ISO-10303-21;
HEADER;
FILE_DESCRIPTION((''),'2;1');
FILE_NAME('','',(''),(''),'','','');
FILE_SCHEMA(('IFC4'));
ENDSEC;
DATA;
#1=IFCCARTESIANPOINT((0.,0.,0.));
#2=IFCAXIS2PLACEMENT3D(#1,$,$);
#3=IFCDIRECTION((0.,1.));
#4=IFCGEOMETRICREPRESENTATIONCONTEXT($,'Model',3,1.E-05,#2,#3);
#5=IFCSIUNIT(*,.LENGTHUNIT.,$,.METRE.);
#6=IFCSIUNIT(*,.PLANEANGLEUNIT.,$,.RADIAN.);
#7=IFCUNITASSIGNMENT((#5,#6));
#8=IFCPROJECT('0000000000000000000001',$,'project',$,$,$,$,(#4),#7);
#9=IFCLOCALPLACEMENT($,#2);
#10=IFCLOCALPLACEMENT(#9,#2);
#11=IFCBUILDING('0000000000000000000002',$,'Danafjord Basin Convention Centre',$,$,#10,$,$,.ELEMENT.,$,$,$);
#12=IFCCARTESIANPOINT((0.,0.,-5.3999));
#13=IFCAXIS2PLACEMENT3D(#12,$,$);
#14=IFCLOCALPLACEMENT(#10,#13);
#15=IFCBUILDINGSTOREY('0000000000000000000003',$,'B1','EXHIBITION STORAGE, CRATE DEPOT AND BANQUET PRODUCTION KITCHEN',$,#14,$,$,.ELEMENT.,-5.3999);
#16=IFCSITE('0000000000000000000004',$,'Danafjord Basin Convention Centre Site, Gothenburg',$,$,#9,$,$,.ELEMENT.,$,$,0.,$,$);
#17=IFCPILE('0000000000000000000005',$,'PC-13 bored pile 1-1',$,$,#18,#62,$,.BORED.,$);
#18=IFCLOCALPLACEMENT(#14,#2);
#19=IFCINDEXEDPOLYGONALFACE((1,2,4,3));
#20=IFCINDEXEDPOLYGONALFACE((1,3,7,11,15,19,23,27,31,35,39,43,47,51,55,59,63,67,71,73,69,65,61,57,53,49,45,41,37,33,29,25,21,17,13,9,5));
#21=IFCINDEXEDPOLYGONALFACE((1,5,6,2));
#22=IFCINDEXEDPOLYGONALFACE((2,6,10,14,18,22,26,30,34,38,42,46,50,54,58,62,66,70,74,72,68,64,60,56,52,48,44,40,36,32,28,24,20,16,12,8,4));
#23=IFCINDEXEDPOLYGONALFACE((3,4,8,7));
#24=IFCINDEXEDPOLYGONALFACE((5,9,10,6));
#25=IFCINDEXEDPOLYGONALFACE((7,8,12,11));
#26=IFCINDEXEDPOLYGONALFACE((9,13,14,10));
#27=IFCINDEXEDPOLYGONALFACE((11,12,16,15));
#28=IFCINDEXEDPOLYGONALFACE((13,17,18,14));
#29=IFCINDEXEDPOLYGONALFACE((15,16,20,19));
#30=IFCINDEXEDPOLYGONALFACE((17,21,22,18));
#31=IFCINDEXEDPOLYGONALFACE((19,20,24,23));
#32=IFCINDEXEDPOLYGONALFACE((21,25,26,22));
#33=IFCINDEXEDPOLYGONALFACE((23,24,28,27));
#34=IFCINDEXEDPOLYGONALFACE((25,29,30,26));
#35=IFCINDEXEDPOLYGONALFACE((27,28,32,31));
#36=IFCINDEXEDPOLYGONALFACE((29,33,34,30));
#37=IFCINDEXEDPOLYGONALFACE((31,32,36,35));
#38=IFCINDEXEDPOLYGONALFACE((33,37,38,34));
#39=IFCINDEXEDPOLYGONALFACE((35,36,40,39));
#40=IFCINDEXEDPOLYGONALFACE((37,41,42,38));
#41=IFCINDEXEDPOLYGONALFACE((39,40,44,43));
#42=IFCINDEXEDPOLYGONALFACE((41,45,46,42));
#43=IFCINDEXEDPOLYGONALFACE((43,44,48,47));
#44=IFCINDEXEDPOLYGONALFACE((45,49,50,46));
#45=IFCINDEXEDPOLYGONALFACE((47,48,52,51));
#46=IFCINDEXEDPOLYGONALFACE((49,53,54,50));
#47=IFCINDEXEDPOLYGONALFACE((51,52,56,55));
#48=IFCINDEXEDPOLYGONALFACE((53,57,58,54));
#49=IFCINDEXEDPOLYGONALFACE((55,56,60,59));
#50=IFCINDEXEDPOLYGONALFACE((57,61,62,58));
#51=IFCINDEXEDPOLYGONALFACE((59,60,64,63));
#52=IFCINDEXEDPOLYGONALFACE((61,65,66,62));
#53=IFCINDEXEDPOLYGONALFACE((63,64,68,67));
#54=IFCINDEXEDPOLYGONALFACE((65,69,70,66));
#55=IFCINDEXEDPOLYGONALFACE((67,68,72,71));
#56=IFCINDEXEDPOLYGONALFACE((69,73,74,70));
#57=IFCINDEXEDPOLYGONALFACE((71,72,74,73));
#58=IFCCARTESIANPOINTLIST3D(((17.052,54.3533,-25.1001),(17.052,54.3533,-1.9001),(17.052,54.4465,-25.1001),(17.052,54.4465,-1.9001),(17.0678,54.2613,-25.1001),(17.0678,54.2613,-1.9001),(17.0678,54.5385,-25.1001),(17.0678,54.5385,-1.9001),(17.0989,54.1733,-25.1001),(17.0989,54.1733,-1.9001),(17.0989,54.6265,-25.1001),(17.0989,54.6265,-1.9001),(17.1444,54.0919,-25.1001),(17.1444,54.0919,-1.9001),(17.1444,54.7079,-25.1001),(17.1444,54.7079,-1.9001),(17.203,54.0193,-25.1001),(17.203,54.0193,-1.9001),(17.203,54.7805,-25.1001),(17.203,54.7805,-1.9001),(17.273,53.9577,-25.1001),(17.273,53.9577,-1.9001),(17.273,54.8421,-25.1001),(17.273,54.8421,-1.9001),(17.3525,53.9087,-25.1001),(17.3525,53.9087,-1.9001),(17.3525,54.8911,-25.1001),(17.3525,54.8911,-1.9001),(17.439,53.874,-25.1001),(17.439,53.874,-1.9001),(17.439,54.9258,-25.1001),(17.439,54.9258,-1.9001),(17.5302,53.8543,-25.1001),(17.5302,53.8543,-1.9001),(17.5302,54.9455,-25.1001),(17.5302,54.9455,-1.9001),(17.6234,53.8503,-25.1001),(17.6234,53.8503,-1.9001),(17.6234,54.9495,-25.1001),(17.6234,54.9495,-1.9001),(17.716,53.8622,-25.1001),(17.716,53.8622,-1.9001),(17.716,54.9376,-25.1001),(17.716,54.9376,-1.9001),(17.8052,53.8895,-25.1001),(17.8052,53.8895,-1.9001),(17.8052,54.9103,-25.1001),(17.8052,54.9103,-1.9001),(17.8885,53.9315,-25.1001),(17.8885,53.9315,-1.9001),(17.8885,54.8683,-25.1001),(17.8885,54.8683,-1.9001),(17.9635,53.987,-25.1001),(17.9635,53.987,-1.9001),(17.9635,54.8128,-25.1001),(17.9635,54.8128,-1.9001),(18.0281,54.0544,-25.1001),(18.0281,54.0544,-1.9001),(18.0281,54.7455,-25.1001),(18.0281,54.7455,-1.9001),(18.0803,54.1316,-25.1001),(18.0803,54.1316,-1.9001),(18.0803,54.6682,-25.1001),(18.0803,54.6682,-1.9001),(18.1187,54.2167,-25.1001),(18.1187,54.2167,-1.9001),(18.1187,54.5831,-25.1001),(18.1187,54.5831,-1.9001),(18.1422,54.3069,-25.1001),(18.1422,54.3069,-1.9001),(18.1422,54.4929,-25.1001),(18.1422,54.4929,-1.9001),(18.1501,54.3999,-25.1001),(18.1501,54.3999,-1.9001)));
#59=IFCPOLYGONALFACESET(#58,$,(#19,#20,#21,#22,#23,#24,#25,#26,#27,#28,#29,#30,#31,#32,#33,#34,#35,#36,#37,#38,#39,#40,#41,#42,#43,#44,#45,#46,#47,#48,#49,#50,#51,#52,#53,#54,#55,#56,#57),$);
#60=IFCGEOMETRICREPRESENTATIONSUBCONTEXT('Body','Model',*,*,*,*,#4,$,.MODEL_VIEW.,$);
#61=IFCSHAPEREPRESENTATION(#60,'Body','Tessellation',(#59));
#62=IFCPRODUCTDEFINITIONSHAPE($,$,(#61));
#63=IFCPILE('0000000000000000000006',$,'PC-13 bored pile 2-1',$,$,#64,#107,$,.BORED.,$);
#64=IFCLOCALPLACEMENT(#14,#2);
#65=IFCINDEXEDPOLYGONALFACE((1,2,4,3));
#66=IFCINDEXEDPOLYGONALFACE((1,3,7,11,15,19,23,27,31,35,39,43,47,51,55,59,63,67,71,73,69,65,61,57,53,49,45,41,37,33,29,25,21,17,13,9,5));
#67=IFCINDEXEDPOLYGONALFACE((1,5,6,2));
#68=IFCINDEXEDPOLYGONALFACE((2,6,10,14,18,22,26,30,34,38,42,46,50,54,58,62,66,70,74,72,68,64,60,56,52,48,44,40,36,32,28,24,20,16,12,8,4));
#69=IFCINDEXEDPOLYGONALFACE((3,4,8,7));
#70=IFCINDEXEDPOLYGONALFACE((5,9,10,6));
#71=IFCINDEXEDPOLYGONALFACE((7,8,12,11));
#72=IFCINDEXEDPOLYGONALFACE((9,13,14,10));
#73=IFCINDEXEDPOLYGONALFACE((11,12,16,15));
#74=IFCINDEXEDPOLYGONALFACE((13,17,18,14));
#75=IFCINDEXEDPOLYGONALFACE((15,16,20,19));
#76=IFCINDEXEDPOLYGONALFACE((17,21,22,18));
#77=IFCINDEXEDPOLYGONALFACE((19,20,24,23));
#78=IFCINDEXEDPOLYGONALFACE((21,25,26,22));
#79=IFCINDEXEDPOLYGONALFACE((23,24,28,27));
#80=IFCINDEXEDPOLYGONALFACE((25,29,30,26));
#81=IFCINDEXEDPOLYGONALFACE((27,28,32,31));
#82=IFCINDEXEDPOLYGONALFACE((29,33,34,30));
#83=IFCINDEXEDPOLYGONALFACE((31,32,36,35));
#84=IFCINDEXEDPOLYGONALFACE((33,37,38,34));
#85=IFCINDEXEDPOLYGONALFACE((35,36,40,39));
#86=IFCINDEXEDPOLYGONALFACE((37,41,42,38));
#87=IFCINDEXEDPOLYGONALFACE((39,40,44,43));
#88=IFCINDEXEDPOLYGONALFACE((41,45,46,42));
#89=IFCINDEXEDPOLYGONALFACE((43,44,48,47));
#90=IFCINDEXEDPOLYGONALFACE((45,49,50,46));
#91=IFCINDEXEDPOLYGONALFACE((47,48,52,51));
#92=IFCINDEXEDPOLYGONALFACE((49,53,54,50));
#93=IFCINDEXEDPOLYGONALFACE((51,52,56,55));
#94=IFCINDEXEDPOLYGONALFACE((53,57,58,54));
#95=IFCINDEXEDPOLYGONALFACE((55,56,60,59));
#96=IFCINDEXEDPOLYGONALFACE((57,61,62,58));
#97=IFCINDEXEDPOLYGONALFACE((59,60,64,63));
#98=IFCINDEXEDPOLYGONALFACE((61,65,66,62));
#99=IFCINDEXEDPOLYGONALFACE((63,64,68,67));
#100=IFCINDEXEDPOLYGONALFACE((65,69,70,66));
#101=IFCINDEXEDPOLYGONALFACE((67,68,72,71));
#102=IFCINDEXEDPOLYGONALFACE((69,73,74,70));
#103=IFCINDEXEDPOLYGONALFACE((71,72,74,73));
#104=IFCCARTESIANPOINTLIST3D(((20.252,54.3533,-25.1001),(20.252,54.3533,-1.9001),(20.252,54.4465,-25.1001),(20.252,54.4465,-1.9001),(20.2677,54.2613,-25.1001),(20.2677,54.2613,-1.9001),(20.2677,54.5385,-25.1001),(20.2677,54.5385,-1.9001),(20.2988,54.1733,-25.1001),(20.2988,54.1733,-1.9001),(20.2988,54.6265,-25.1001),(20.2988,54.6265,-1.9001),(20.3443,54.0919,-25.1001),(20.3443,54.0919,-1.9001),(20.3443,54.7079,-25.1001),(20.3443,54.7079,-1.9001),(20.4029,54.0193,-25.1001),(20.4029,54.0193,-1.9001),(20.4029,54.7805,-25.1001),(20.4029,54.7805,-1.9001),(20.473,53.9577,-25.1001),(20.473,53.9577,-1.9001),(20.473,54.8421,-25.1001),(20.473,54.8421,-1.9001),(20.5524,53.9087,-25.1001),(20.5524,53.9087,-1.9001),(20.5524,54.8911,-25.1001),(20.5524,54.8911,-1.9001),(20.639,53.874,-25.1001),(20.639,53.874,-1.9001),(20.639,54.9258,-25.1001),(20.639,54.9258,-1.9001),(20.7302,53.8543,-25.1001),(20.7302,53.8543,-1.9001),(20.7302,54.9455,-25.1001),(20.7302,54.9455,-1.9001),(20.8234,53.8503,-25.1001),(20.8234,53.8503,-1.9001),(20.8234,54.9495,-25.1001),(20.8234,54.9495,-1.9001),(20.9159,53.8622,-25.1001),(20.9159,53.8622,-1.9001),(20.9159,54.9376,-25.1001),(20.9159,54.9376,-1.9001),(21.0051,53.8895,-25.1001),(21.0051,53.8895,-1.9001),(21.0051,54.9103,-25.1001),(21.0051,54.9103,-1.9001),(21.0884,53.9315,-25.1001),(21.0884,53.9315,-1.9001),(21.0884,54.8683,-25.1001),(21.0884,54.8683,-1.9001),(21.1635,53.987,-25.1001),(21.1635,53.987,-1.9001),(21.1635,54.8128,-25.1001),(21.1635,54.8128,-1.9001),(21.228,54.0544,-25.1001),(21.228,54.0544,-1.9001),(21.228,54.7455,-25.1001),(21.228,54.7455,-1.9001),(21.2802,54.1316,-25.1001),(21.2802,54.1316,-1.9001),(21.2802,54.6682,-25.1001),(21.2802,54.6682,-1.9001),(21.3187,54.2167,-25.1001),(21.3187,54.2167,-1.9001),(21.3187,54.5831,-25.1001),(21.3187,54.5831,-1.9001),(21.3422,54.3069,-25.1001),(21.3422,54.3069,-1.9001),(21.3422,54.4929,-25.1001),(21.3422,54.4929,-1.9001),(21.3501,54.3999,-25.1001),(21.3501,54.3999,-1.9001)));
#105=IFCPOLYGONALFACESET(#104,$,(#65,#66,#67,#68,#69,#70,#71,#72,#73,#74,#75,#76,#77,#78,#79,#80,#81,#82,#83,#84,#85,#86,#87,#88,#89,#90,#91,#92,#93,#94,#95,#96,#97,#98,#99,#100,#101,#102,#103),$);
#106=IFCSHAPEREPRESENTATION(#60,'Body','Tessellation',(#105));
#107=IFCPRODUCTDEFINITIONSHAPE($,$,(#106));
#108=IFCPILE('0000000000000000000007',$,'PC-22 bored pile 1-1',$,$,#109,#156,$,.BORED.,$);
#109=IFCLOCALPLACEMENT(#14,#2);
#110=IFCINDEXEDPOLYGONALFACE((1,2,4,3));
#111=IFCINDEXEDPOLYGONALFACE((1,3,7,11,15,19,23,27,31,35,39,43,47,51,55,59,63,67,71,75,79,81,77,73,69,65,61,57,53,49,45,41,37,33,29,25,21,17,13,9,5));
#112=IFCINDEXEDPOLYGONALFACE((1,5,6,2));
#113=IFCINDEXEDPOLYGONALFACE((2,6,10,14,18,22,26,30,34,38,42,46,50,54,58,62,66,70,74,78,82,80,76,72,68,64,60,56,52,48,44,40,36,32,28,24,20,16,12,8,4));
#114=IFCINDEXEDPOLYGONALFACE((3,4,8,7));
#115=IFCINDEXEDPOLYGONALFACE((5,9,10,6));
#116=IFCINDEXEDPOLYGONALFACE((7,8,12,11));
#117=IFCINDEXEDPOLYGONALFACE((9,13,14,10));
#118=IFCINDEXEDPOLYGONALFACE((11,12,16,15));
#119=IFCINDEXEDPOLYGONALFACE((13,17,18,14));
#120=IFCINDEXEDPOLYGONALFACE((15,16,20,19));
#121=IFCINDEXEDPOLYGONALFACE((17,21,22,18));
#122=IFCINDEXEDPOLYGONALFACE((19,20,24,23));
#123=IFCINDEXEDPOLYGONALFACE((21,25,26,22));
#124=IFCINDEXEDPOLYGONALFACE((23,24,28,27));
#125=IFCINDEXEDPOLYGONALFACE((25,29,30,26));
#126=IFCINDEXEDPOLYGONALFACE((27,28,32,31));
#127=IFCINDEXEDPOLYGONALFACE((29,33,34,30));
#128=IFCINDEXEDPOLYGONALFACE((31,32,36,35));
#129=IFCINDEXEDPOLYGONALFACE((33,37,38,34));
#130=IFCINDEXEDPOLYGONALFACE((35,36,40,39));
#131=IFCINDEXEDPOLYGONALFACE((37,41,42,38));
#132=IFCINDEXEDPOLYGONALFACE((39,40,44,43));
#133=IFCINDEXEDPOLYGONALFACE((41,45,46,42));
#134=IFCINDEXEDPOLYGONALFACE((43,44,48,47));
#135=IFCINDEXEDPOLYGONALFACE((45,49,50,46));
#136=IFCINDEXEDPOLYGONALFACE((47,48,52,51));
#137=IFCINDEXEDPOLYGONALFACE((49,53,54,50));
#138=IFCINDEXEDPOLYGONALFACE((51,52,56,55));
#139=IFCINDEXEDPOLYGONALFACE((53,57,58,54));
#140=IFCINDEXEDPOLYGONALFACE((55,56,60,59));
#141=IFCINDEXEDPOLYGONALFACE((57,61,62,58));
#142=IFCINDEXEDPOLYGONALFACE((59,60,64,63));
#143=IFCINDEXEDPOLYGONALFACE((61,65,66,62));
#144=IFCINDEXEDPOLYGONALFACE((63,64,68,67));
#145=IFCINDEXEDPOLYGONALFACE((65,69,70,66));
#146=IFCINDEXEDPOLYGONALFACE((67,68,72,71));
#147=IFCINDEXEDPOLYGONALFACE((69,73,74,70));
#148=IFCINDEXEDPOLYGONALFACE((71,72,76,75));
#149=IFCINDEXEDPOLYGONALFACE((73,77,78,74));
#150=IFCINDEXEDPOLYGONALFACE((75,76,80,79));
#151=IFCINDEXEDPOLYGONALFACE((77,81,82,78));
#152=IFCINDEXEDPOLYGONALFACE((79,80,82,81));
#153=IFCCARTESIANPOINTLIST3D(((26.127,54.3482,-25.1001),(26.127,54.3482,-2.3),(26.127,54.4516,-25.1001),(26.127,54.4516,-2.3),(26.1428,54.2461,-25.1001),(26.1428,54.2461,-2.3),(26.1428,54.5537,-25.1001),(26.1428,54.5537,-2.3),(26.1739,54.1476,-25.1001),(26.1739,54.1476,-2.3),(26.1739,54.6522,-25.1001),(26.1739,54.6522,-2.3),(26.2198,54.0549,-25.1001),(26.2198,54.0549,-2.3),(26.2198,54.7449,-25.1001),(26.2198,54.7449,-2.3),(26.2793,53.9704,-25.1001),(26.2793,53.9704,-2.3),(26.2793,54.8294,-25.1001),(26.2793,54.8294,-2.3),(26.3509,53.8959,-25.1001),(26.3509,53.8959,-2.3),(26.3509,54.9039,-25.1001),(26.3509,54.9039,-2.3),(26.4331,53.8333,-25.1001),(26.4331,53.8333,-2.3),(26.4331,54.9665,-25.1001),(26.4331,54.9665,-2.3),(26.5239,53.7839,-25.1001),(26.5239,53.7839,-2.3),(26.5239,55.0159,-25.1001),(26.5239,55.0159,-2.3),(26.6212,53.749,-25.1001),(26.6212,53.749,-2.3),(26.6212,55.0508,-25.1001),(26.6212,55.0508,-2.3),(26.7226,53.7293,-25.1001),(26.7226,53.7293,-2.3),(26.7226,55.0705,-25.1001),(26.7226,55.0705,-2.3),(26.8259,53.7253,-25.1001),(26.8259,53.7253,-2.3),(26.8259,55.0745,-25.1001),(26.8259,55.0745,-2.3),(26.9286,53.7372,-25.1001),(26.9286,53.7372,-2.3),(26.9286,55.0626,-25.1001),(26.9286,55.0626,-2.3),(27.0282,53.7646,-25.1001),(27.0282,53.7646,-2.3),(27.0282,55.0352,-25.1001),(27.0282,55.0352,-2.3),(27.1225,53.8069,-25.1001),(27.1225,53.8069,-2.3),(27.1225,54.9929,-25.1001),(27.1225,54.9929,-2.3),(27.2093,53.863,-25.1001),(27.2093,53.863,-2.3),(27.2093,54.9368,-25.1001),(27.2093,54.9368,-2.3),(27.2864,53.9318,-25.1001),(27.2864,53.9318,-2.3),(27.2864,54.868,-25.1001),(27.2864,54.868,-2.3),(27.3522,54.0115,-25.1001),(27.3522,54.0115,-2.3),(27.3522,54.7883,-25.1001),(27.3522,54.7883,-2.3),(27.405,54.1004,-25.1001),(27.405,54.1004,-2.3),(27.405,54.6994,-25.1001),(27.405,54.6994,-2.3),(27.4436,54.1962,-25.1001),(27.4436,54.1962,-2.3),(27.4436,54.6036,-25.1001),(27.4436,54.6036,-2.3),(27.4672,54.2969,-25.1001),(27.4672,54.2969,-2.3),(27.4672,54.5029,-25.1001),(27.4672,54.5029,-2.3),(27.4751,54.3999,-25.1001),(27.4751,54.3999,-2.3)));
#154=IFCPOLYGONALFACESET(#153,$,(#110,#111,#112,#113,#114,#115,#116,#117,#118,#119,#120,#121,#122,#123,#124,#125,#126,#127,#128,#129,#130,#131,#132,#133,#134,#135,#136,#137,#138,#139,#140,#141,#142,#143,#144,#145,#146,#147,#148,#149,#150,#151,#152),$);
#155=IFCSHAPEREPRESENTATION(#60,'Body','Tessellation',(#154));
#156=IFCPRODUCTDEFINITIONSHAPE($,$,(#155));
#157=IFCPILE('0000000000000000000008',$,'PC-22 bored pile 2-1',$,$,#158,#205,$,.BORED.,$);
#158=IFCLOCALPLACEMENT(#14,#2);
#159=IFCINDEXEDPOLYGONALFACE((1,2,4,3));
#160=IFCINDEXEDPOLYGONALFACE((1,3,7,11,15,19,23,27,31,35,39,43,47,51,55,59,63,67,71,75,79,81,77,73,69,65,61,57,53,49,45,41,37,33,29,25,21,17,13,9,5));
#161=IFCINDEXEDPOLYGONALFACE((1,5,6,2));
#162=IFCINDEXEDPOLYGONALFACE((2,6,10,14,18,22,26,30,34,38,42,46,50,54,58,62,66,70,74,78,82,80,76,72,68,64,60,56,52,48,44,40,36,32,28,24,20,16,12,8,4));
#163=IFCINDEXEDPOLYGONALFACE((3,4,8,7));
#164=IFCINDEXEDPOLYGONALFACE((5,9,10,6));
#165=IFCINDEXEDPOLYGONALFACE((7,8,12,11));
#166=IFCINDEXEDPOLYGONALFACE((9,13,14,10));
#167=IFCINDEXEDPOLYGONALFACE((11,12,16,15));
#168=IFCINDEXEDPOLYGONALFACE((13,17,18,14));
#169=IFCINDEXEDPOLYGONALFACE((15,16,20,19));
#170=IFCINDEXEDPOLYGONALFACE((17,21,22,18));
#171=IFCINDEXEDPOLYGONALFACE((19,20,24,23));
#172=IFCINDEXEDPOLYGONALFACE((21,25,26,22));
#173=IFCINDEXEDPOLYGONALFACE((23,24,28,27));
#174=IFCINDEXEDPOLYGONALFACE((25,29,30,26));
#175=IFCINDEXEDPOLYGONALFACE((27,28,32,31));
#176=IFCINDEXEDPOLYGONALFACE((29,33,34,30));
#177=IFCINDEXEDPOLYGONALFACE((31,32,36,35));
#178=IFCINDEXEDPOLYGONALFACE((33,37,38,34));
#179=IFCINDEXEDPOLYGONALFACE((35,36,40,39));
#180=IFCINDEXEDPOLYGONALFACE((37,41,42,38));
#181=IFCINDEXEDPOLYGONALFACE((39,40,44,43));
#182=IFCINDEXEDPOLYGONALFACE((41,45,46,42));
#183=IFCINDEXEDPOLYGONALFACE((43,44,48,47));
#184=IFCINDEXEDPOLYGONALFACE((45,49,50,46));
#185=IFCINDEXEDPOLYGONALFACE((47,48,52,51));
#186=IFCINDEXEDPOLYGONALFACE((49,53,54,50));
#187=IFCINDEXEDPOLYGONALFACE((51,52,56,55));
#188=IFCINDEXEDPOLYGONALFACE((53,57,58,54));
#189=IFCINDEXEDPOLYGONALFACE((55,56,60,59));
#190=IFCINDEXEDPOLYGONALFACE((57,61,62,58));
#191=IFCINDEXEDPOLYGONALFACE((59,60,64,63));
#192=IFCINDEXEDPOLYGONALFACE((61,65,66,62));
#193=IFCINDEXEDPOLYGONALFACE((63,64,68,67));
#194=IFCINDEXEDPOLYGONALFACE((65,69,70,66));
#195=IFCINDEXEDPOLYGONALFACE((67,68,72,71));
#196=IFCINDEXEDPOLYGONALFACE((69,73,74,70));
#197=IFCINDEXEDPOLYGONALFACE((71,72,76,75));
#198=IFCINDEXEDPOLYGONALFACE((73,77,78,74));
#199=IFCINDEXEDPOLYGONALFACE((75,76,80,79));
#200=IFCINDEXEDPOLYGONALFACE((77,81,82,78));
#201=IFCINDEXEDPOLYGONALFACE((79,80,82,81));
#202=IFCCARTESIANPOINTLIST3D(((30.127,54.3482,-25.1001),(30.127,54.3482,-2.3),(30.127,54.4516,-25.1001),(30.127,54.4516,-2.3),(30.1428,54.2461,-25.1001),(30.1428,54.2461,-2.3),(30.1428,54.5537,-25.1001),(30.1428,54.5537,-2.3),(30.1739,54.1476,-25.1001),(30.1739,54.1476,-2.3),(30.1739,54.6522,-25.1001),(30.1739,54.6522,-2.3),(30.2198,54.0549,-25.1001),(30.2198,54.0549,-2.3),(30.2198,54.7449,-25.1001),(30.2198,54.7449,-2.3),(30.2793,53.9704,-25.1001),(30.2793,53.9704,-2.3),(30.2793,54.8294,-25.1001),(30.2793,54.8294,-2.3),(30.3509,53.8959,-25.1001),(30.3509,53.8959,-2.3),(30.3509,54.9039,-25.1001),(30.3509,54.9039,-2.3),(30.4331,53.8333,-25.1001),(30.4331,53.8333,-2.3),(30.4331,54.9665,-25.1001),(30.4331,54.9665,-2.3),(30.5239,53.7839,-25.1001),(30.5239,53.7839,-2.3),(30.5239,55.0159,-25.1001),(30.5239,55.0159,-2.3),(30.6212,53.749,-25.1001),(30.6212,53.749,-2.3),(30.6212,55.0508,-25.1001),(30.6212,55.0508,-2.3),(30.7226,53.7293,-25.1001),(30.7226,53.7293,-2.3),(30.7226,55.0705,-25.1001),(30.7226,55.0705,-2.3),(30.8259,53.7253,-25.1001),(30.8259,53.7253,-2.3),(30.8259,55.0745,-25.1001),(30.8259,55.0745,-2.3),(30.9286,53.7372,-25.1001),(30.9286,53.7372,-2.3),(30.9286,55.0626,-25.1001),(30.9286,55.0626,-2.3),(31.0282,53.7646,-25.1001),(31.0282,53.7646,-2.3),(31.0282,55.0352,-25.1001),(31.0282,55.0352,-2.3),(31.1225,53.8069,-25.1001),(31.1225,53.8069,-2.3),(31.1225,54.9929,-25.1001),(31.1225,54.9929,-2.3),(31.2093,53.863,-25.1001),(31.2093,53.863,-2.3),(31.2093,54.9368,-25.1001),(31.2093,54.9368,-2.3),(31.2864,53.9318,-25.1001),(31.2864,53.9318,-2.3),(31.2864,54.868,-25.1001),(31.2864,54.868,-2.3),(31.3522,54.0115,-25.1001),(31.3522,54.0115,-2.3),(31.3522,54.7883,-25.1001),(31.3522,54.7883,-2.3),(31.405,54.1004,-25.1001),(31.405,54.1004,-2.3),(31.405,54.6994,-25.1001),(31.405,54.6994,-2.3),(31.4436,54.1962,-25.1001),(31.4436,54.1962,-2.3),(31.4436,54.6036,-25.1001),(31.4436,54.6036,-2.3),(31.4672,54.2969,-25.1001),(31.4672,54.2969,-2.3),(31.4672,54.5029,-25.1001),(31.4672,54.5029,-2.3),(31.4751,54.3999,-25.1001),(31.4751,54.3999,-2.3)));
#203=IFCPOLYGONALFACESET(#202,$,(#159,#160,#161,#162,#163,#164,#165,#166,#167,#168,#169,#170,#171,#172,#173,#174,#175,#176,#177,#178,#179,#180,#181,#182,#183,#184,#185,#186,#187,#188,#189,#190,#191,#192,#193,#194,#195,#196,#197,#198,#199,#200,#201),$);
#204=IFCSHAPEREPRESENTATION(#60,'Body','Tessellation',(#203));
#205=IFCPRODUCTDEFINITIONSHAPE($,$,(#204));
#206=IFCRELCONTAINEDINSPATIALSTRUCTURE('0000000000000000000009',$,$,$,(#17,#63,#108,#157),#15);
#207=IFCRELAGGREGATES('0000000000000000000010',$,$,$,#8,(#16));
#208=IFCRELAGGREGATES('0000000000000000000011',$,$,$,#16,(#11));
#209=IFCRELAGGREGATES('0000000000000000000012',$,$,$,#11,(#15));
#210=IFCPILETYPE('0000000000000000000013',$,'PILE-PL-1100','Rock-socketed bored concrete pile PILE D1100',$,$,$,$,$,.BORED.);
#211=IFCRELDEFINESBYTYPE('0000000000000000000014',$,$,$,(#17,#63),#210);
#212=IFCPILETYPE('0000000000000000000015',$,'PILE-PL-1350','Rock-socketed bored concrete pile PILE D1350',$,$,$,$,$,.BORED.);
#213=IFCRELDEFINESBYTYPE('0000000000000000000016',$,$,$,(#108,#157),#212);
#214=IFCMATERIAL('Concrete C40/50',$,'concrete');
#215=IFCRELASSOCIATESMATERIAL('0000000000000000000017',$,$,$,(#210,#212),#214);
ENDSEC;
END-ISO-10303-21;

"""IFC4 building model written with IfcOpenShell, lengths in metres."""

from ifc_helpers import new_model, si_unit, direction, frame, origin, origin_2d, place, context, subcontext, project, spatial, circle, extrude, material, material_profile, profile_set, type_object, element, save


model = new_model("IFC4")

# Units and contexts
model_context = context("Model", 3, precision=1e-05, world=origin(), true_north=direction((0.0, 1.0)))
body_context = subcontext(model_context, "Body", "Model", "MODEL_VIEW")
ifc_project = project(units=[si_unit("LENGTHUNIT", "METRE"), si_unit("PLANEANGLEUNIT", "RADIAN")], contexts=[model_context])

# Site, building, storey
site_placement = place(None, origin())
site = spatial("IfcSite", under=ifc_project, at=site_placement, Name="Danafjord Basin Convention Centre Site, Gothenburg", CompositionType="ELEMENT", RefElevation=0.0)
building_placement = place(site_placement, origin())
building = spatial("IfcBuilding", under=site, at=building_placement, Name="Danafjord Basin Convention Centre", CompositionType="ELEMENT")
storey_placement = place(building_placement, frame((0.0, 0.0, -5.3999)))
storey = spatial("IfcBuildingStorey", under=building, at=storey_placement, Name="B1", Description="EXHIBITION STORAGE, CRATE DEPOT AND BANQUET PRODUCTION KITCHEN", CompositionType="ELEMENT", Elevation=-5.3999)

# Shared definitions
ifc_material_1 = material(Name="Concrete C40/50", Category="concrete")

# Piles
ifc_material_profile_1 = material_profile(ifc_material_1, circle(Radius=0.55, at=origin_2d()), Name="PILE D1100")
ifc_profile_set_1 = profile_set([ifc_material_profile_1], Name="Concrete C40/50")
pile_type_1 = type_object("IfcPileType", Name="PILE-PL-1100", Description="Rock-socketed bored concrete pile PILE D1100", PredefinedType="BORED", material=ifc_profile_set_1)
for number, where, z_axis, x_axis, name in (
    (1, (17.6001, 54.3999, -1.9001), (0.0, 0.0, -1.0), (1.0, 0.0, 0.0), "PC-13 bored pile 1-1"),
    (2, (20.8, 54.3999, -1.9001), (0.0, 0.0, -1.0), (1.0, 0.0, 0.0), "PC-13 bored pile 2-1"),
):
    element("IfcPile", number, at=place(storey_placement, frame(where, z_axis=z_axis, x_axis=x_axis)), inside=storey, type_object=pile_type_1, Name=name, PredefinedType="BORED", context=body_context, shape_type="SweptSolid", body=[
        extrude(circle(Radius=0.55, at=origin_2d()), origin(), (0.0, 0.0, 1.0), 23.2),
    ])
ifc_material_profile_2 = material_profile(ifc_material_1, circle(Radius=0.675, at=origin_2d()), Name="PILE D1350")
ifc_profile_set_2 = profile_set([ifc_material_profile_2], Name="Concrete C40/50")
pile_type_2 = type_object("IfcPileType", Name="PILE-PL-1350", Description="Rock-socketed bored concrete pile PILE D1350", PredefinedType="BORED", material=ifc_profile_set_2)
for number, where, z_axis, x_axis, name in (
    (3, (26.8, 54.3999, -2.3), (0.0, 0.0, -1.0), (1.0, 0.0, 0.0), "PC-22 bored pile 1-1"),
    (4, (30.8, 54.3999, -2.3), (0.0, 0.0, -1.0), (1.0, 0.0, 0.0), "PC-22 bored pile 2-1"),
):
    element("IfcPile", number, at=place(storey_placement, frame(where, z_axis=z_axis, x_axis=x_axis)), inside=storey, type_object=pile_type_2, Name=name, PredefinedType="BORED", context=body_context, shape_type="SweptSolid", body=[
        extrude(circle(Radius=0.675, at=origin_2d()), origin(), (0.0, 0.0, 1.0), 22.8),
    ])

save(model, "model.ifc")
